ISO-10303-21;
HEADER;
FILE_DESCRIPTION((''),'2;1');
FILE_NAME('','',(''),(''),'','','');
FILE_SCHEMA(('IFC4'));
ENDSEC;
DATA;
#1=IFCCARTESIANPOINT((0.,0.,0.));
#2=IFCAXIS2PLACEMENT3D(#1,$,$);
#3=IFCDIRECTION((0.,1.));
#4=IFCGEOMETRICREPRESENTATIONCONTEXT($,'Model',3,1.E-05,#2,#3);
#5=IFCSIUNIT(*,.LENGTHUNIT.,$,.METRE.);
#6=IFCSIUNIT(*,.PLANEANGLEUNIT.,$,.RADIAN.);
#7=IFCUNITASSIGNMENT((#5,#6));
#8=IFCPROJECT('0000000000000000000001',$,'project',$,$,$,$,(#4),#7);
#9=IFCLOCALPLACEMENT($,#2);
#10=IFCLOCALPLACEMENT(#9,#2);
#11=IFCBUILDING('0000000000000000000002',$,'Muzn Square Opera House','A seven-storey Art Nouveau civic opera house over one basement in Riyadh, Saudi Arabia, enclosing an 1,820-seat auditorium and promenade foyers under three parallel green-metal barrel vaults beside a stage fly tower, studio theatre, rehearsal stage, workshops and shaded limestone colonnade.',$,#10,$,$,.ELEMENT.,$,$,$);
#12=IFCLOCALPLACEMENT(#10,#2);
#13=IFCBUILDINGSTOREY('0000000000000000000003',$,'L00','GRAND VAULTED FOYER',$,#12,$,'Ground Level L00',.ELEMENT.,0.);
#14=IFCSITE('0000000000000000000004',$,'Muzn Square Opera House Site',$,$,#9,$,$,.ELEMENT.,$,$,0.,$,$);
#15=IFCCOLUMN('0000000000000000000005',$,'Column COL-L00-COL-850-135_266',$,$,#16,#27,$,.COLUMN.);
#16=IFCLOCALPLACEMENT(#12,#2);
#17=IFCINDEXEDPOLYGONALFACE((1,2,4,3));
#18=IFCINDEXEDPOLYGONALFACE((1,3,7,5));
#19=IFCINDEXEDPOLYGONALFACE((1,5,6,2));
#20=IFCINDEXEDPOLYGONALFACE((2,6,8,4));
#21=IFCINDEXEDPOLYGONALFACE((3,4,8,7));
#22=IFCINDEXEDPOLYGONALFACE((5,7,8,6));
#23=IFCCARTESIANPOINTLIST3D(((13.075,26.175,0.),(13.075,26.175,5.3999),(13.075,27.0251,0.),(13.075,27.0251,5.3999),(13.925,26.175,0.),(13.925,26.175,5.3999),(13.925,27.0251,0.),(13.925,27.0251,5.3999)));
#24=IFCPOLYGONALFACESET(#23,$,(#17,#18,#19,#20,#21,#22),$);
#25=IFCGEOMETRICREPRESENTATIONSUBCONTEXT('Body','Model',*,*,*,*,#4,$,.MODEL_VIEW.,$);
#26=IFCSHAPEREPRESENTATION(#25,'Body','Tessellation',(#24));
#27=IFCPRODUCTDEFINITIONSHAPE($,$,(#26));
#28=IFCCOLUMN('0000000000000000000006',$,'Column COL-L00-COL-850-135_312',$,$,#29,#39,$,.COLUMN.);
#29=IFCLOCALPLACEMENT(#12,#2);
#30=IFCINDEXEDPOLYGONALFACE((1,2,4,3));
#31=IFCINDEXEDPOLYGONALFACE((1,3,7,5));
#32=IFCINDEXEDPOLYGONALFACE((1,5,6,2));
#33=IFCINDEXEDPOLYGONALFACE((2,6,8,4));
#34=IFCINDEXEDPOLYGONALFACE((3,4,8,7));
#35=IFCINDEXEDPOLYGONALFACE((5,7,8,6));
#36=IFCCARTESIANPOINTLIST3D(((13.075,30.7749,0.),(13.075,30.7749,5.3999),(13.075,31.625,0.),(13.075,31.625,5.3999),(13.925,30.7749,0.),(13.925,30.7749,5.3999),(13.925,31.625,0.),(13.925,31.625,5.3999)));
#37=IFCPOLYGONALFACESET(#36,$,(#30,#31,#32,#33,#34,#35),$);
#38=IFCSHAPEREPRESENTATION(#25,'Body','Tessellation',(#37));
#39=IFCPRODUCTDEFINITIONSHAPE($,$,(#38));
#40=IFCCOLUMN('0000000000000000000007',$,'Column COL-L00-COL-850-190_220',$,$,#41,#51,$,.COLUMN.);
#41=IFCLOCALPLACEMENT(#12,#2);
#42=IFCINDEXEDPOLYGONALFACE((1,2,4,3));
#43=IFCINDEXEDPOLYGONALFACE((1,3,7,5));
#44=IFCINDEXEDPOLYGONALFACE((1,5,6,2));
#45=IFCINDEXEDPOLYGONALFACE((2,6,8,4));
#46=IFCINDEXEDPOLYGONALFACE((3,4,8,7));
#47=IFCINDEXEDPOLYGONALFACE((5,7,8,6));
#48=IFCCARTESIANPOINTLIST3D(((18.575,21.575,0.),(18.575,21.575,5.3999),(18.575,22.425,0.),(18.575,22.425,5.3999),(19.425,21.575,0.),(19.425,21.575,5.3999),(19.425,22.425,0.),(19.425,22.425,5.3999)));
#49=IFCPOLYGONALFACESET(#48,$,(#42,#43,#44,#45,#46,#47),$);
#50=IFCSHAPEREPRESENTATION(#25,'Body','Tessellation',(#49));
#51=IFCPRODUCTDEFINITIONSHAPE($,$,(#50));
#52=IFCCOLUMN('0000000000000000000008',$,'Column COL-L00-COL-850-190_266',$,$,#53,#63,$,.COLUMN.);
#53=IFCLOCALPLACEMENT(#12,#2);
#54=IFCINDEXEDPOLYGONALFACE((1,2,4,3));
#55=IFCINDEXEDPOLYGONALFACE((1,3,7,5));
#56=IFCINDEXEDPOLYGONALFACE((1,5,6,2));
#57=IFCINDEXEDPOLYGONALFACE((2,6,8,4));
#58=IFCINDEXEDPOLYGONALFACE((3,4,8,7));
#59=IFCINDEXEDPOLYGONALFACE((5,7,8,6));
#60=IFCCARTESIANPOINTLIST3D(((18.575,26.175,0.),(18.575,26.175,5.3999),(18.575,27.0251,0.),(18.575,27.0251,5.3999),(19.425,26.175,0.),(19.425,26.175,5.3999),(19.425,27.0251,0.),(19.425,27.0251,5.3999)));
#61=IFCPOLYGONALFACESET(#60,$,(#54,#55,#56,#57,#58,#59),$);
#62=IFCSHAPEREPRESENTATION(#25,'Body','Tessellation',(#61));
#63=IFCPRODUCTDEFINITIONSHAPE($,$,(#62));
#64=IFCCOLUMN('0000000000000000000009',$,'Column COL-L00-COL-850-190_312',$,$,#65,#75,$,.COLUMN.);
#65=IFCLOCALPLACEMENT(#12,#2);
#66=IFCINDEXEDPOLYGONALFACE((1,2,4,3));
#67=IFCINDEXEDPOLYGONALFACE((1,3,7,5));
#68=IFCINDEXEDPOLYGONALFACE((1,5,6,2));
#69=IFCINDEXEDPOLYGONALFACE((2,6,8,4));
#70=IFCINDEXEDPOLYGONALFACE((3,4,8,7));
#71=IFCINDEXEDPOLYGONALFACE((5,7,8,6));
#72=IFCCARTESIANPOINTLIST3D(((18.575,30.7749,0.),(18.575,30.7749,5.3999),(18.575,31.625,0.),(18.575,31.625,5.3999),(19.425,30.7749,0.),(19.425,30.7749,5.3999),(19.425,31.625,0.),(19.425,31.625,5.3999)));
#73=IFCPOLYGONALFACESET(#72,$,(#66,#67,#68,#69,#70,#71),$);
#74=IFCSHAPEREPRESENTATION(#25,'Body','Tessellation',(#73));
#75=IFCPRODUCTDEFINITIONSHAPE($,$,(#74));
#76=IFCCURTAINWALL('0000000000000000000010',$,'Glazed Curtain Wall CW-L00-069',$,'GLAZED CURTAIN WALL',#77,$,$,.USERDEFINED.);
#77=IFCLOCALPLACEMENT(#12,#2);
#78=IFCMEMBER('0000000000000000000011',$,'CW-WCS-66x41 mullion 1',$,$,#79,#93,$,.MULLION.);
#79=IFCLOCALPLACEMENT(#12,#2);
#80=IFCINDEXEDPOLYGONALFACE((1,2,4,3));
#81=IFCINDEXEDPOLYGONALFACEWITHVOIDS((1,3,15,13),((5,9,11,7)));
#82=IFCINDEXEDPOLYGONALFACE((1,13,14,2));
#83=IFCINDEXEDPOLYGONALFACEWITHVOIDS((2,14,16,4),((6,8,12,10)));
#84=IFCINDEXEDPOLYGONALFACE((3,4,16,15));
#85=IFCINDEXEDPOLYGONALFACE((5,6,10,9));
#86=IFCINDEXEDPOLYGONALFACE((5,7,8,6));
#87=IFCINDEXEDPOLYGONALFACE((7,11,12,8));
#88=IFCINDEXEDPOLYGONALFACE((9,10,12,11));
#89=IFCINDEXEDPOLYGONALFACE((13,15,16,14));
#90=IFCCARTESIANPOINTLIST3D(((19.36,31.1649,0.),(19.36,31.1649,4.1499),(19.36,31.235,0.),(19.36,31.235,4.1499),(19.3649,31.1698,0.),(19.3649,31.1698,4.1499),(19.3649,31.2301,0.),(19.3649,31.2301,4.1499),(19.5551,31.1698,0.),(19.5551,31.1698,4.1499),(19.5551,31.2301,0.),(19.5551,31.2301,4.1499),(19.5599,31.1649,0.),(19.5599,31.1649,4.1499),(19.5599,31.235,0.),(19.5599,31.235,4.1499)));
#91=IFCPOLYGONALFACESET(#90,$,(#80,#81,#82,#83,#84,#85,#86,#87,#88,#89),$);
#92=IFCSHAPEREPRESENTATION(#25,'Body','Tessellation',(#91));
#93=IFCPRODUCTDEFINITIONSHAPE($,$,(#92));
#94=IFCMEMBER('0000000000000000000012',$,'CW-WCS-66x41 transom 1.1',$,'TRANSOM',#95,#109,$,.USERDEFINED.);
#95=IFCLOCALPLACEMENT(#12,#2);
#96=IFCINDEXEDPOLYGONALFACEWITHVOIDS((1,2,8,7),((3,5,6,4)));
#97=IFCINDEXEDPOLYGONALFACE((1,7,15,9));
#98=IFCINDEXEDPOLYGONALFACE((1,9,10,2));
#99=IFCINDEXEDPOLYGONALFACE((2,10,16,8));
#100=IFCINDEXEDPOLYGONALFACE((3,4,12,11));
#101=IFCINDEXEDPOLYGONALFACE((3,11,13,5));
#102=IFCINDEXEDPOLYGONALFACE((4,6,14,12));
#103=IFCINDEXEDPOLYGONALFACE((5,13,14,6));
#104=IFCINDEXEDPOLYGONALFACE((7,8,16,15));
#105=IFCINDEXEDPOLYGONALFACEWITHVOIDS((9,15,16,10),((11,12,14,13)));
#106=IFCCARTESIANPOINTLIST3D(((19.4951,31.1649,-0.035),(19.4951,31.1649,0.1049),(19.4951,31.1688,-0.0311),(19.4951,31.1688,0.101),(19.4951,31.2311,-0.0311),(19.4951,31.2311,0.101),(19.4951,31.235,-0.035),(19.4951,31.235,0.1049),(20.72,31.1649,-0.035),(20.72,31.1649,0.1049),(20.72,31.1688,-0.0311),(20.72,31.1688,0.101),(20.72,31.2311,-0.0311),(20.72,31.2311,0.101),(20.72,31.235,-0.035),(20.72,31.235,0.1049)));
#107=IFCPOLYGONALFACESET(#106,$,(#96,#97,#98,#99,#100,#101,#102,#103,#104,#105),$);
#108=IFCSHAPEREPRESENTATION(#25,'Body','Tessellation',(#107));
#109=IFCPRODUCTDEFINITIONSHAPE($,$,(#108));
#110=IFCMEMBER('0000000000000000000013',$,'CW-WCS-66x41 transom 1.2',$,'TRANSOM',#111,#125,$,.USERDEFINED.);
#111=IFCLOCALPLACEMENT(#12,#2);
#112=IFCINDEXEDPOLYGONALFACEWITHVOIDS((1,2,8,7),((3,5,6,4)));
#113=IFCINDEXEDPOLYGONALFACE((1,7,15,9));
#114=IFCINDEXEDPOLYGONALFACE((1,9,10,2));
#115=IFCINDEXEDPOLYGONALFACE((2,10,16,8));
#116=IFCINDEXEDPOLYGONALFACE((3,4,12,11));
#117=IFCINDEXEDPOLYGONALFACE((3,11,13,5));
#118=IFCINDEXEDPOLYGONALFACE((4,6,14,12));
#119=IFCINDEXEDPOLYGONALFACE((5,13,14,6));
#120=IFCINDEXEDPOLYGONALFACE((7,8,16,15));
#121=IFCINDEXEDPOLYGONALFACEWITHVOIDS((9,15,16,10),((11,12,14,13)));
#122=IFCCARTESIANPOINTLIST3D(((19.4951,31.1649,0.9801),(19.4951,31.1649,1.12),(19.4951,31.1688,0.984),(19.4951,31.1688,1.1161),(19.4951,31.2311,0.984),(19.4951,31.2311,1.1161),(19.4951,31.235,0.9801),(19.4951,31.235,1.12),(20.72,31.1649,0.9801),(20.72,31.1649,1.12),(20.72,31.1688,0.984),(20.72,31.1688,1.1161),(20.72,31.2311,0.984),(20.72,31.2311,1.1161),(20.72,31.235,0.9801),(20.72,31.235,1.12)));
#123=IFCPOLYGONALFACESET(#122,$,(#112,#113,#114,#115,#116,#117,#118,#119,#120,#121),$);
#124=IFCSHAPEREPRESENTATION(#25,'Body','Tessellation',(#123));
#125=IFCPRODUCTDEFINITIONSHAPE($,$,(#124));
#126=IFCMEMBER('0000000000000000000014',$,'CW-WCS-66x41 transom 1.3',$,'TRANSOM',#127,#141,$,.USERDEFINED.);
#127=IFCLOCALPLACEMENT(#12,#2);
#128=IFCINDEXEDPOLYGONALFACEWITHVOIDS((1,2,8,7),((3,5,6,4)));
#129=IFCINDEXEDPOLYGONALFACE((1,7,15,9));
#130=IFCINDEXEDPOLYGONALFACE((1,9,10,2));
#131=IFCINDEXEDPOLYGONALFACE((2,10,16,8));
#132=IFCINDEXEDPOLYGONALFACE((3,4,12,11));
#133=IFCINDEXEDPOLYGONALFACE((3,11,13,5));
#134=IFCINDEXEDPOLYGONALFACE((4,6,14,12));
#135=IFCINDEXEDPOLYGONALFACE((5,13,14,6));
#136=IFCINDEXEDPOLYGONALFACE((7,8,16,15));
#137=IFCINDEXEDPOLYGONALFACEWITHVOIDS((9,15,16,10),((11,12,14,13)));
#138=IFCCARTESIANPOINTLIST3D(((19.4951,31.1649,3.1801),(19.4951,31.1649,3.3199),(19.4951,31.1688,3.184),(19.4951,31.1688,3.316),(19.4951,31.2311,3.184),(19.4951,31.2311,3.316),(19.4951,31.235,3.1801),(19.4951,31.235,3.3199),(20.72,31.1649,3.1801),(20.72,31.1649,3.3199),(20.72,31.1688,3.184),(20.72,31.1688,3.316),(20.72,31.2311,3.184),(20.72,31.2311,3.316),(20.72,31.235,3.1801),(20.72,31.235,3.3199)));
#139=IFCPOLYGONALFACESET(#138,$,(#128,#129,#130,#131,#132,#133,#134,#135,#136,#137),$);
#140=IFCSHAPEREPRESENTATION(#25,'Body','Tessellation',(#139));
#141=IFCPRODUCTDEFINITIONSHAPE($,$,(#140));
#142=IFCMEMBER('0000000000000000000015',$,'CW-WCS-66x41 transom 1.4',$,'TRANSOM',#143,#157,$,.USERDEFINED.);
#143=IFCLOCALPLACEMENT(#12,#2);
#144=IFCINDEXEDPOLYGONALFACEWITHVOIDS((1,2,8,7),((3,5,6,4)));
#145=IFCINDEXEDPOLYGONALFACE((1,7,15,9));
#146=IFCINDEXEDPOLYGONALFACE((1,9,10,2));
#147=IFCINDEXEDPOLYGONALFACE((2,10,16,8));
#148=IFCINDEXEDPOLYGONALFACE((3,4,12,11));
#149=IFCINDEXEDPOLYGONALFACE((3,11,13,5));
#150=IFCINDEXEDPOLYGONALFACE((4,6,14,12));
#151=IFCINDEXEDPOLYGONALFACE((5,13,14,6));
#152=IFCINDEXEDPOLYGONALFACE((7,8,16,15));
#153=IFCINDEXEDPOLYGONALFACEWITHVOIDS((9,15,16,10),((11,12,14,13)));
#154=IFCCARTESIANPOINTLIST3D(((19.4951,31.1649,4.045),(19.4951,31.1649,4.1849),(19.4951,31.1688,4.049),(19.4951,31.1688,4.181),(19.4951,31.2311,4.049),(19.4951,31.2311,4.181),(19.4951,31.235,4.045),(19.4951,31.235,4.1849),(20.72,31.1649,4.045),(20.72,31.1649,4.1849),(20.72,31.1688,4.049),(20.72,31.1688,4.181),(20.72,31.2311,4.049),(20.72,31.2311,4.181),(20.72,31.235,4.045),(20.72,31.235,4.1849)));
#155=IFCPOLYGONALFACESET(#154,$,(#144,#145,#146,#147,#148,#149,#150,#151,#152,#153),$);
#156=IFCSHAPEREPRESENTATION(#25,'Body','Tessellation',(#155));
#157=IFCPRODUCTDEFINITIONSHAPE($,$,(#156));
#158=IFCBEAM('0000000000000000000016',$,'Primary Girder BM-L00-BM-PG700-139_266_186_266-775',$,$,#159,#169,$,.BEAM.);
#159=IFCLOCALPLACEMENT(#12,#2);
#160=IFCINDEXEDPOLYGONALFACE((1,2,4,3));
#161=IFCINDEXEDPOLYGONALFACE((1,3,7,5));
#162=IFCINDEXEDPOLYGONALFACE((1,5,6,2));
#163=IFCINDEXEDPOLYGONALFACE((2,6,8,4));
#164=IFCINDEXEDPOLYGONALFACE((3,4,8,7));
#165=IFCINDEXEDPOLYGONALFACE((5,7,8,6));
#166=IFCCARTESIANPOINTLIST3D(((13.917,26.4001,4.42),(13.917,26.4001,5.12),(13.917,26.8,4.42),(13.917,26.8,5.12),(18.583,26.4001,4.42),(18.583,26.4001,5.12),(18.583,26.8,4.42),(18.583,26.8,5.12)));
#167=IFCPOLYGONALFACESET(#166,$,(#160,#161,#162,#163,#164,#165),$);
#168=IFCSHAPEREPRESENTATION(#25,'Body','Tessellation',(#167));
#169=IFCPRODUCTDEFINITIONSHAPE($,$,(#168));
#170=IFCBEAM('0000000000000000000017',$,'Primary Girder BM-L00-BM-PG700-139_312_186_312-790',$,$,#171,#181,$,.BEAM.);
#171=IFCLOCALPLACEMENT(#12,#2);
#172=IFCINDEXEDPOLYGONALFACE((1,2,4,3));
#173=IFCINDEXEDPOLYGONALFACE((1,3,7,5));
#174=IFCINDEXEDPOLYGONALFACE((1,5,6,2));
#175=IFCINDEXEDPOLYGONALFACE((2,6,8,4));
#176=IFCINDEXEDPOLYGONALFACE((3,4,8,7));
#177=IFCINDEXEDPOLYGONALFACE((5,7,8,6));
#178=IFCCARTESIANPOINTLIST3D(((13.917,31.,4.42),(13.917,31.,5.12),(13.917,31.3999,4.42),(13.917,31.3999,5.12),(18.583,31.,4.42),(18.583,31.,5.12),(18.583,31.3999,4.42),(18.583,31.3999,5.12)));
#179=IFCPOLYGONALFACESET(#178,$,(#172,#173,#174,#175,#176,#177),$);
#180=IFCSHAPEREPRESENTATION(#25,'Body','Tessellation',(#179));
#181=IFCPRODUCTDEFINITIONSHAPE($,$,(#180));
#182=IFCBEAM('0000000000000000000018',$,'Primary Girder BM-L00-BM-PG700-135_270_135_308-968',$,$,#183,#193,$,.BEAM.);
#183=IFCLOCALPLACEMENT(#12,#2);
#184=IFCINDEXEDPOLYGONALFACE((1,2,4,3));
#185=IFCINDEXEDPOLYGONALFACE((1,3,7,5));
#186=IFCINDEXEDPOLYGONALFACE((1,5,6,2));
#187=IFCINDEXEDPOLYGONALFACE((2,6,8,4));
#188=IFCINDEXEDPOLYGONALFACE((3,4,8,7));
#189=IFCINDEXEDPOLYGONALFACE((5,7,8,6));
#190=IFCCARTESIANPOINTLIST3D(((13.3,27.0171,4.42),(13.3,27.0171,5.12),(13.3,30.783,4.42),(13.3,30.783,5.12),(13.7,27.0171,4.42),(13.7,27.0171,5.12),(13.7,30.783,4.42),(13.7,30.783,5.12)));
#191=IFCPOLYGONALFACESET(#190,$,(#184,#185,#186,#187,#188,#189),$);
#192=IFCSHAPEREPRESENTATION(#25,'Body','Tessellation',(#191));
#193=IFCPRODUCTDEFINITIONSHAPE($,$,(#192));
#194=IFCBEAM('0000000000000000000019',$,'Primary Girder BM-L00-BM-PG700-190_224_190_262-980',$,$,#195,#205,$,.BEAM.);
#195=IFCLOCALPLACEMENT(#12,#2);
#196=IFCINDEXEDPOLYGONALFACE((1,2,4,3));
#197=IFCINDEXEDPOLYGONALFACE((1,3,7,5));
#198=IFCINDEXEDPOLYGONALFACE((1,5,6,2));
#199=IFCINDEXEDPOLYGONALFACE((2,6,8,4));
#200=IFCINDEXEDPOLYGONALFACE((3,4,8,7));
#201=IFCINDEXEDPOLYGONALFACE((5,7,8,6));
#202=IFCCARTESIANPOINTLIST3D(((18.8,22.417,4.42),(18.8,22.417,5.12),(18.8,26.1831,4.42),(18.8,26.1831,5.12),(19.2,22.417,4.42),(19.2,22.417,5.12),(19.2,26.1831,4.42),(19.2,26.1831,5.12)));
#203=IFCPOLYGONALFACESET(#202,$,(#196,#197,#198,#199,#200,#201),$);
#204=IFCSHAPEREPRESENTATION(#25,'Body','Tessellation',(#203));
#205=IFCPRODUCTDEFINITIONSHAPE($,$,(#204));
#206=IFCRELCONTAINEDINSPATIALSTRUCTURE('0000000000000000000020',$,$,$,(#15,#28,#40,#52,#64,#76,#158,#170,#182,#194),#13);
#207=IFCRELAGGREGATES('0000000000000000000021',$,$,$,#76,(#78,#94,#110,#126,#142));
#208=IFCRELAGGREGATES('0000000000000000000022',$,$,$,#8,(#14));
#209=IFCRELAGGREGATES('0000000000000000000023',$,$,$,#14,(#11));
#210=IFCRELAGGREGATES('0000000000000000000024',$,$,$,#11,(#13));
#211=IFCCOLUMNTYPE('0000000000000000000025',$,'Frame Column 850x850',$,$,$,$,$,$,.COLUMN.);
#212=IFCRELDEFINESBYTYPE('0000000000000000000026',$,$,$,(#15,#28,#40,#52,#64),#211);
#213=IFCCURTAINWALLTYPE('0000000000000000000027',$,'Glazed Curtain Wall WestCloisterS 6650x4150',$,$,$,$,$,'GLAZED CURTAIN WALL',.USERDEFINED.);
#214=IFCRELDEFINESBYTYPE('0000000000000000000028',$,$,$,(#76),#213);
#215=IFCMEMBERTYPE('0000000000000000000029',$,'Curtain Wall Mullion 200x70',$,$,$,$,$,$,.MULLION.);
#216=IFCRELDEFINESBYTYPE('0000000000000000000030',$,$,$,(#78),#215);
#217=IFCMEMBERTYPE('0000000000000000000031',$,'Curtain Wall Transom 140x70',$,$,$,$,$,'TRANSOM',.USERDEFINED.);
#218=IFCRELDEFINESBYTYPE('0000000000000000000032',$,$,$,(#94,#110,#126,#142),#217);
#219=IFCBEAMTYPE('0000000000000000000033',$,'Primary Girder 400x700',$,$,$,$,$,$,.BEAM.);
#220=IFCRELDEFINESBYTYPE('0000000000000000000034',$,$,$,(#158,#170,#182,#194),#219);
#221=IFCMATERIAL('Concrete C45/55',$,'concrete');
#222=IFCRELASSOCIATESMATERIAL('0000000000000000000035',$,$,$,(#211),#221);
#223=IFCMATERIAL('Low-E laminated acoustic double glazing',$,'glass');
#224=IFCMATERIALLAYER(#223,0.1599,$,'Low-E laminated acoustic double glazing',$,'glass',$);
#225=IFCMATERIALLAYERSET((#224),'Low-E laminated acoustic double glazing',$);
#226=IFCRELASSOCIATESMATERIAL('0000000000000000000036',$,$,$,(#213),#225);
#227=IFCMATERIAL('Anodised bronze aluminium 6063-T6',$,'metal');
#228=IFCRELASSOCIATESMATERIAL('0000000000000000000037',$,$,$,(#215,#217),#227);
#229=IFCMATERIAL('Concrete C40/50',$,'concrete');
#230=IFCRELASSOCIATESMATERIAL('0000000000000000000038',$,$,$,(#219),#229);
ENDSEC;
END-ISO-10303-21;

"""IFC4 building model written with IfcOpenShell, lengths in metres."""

from ifc_helpers import new_model, si_unit, direction, frame, origin, origin_2d, place, context, subcontext, project, spatial, rectangle, hollow_rectangle, extrude, material, layer, layer_set, material_profile, profile_set, type_object, element, aggregate, save


model = new_model("IFC4")

# Units and contexts
model_context = context("Model", 3, precision=1e-05, world=origin(), true_north=direction((0.0, 1.0)))
body_context = subcontext(model_context, "Body", "Model", "MODEL_VIEW")
ifc_project = project(units=[si_unit("LENGTHUNIT", "METRE"), si_unit("PLANEANGLEUNIT", "RADIAN")], contexts=[model_context])

# Site, building, storey
site_placement = place(None, origin())
site = spatial("IfcSite", under=ifc_project, at=site_placement, Name="Muzn Square Opera House Site", CompositionType="ELEMENT", RefElevation=0.0)
building_placement = place(site_placement, origin())
building = spatial("IfcBuilding", under=site, at=building_placement, Name="Muzn Square Opera House", Description="A seven-storey Art Nouveau civic opera house over one basement in Riyadh, Saudi Arabia, enclosing an 1,820-seat auditorium and promenade foyers under three parallel green-metal barrel vaults beside a stage fly tower, studio theatre, rehearsal stage, workshops and shaded limestone colonnade.", CompositionType="ELEMENT")
storey_placement = place(building_placement, origin())
storey = spatial("IfcBuildingStorey", under=building, at=storey_placement, Name="L00", Description="GRAND VAULTED FOYER", LongName="Ground Level L00", CompositionType="ELEMENT", Elevation=0.0)

# Columns
ifc_material_1 = material(Name="Concrete C45/55", Category="concrete")
ifc_material_profile_1 = material_profile(ifc_material_1, rectangle(XDim=0.8501, YDim=0.8501, at=origin_2d()), Name="RC 850x850", Category="concrete")
ifc_profile_set_1 = profile_set([ifc_material_profile_1], Name="Concrete C45/55")
column_type = type_object("IfcColumnType", Name="Frame Column 850x850", PredefinedType="COLUMN", material=ifc_profile_set_1)
for number, where, z_axis, x_axis, name in (
    (1, (13.5, 26.6001, 0.0), (0.0, 0.0, 1.0), (1.0, 0.0, 0.0), "Column COL-L00-COL-850-135_266"),
    (2, (13.5, 31.2, 0.0), (0.0, 0.0, 1.0), (1.0, 0.0, 0.0), "Column COL-L00-COL-850-135_312"),
    (3, (19.0, 22.0, 0.0), (0.0, 0.0, 1.0), (1.0, 0.0, 0.0), "Column COL-L00-COL-850-190_220"),
    (4, (19.0, 26.6001, 0.0), (0.0, 0.0, 1.0), (1.0, 0.0, 0.0), "Column COL-L00-COL-850-190_266"),
    (5, (19.0, 31.2, 0.0), (0.0, 0.0, 1.0), (1.0, 0.0, 0.0), "Column COL-L00-COL-850-190_312"),
):
    element("IfcColumn", number, at=place(storey_placement, frame(where, z_axis=z_axis, x_axis=x_axis)), inside=storey, type_object=column_type, Name=name, PredefinedType="COLUMN", context=body_context, shape_type="SweptSolid", body=[
        extrude(rectangle(XDim=0.8501, YDim=0.8501, at=origin_2d()), origin(), (0.0, 0.0, 1.0), 5.3999),
    ])

# Curtain wall, members
ifc_material_2 = material(Name="Low-E laminated acoustic double glazing", Category="glass")
ifc_layer_1 = layer(ifc_material_2, 0.1599, Name="Low-E laminated acoustic double glazing", Category="glass")
ifc_layer_set_1 = layer_set([ifc_layer_1], Name="Low-E laminated acoustic double glazing")
curtain_wall_type = type_object("IfcCurtainWallType", Name="Glazed Curtain Wall WestCloisterS 6650x4150", ElementType="GLAZED CURTAIN WALL", PredefinedType="USERDEFINED", material=ifc_layer_set_1)
curtain_wall_placement = place(storey_placement, origin())
curtain_wall = element("IfcCurtainWall", 6, at=curtain_wall_placement, inside=storey, type_object=curtain_wall_type, Name="Glazed Curtain Wall CW-L00-069", ObjectType="GLAZED CURTAIN WALL", PredefinedType="USERDEFINED")
ifc_material_3 = material(Name="Anodised bronze aluminium 6063-T6", Category="metal")
ifc_material_profile_2 = material_profile(ifc_material_3, hollow_rectangle(XDim=0.0701, YDim=0.2, WallThickness=0.0049, at=origin_2d()), Name="ALU 200x70x5", Category="metal")
ifc_profile_set_2 = profile_set([ifc_material_profile_2], Name="Anodised bronze aluminium 6063-T6")
member_type_1 = type_object("IfcMemberType", Name="Curtain Wall Mullion 200x70", PredefinedType="MULLION", material=ifc_profile_set_2)
member_1_placement = place(storey_placement, frame((19.46, 31.2, 0.0), z_axis=(0.0, 0.0, 1.0), x_axis=(0.0, 1.0, 0.0)))
member_1 = element("IfcMember", 7, at=member_1_placement, type_object=member_type_1, Name="CW-WCS-66x41 mullion 1", PredefinedType="MULLION", context=body_context, shape_type="SweptSolid", body=[
    extrude(hollow_rectangle(XDim=0.0701, YDim=0.2, WallThickness=0.0049, at=origin_2d()), origin(), (0.0, 0.0, 1.0), 4.1499),
])
ifc_material_profile_3 = material_profile(ifc_material_3, hollow_rectangle(XDim=0.0701, YDim=0.1399, WallThickness=0.0039, at=origin_2d()), Name="ALU 140x70x4", Category="metal")
ifc_profile_set_3 = profile_set([ifc_material_profile_3], Name="Anodised bronze aluminium 6063-T6")
member_type_2 = type_object("IfcMemberType", Name="Curtain Wall Transom 140x70", ElementType="TRANSOM", PredefinedType="USERDEFINED", material=ifc_profile_set_3)
member_2_placement = place(storey_placement, frame((19.4951, 31.2, 0.0349), z_axis=(1.0, 0.0, 0.0), x_axis=(0.0, 1.0, 0.0)))
member_2 = element("IfcMember", 8, at=member_2_placement, type_object=member_type_2, Name="CW-WCS-66x41 transom 1.1", ObjectType="TRANSOM", PredefinedType="USERDEFINED", context=body_context, shape_type="SweptSolid", body=[
    extrude(hollow_rectangle(XDim=0.0701, YDim=0.1399, WallThickness=0.0039, at=origin_2d()), origin(), (0.0, 0.0, 1.0), 1.2249),
])
member_3_placement = place(storey_placement, frame((19.4951, 31.2, 1.05), z_axis=(1.0, 0.0, 0.0), x_axis=(0.0, 1.0, 0.0)))
member_3 = element("IfcMember", 9, at=member_3_placement, type_object=member_type_2, Name="CW-WCS-66x41 transom 1.2", ObjectType="TRANSOM", PredefinedType="USERDEFINED", context=body_context, shape_type="SweptSolid", body=[
    extrude(hollow_rectangle(XDim=0.0701, YDim=0.1399, WallThickness=0.0039, at=origin_2d()), origin(), (0.0, 0.0, 1.0), 1.2249),
])
member_4_placement = place(storey_placement, frame((19.4951, 31.2, 3.25), z_axis=(1.0, 0.0, 0.0), x_axis=(0.0, 1.0, 0.0)))
member_4 = element("IfcMember", 10, at=member_4_placement, type_object=member_type_2, Name="CW-WCS-66x41 transom 1.3", ObjectType="TRANSOM", PredefinedType="USERDEFINED", context=body_context, shape_type="SweptSolid", body=[
    extrude(hollow_rectangle(XDim=0.0701, YDim=0.1399, WallThickness=0.0039, at=origin_2d()), origin(), (0.0, 0.0, 1.0), 1.2249),
])
member_5_placement = place(storey_placement, frame((19.4951, 31.2, 4.115), z_axis=(1.0, 0.0, 0.0), x_axis=(0.0, 1.0, 0.0)))
member_5 = element("IfcMember", 11, at=member_5_placement, type_object=member_type_2, Name="CW-WCS-66x41 transom 1.4", ObjectType="TRANSOM", PredefinedType="USERDEFINED", context=body_context, shape_type="SweptSolid", body=[
    extrude(hollow_rectangle(XDim=0.0701, YDim=0.1399, WallThickness=0.0039, at=origin_2d()), origin(), (0.0, 0.0, 1.0), 1.2249),
])
aggregate(curtain_wall, [member_1, member_2, member_3, member_4, member_5])

# Beams
ifc_material_4 = material(Name="Concrete C40/50", Category="concrete")
ifc_material_profile_4 = material_profile(ifc_material_4, rectangle(XDim=0.3999, YDim=0.7, at=origin_2d()), Name="RCB 400x700", Category="concrete")
ifc_profile_set_4 = profile_set([ifc_material_profile_4], Name="Concrete C40/50")
beam_type_1 = type_object("IfcBeamType", Name="Primary Girder 400x700", PredefinedType="BEAM", material=ifc_profile_set_4)
for number, where, z_axis, x_axis, name in (
    (12, (13.917, 26.6001, 4.77), (1.0, 0.0, 0.0), (0.0, 1.0, 0.0), "Primary Girder BM-L00-BM-PG700-139_266_186_266-775"),
    (13, (13.917, 31.2, 4.77), (1.0, 0.0, 0.0), (0.0, 1.0, 0.0), "Primary Girder BM-L00-BM-PG700-139_312_186_312-790"),
):
    element("IfcBeam", number, at=place(storey_placement, frame(where, z_axis=z_axis, x_axis=x_axis)), inside=storey, type_object=beam_type_1, Name=name, PredefinedType="BEAM", context=body_context, shape_type="SweptSolid", body=[
        extrude(rectangle(XDim=0.3999, YDim=0.7, at=origin_2d()), origin(), (0.0, 0.0, 1.0), 4.666),
    ])
beam_1_placement = place(storey_placement, frame((13.5, 27.0171, 4.77), z_axis=(0.0, 1.0, 0.0), x_axis=(-1.0, 0.0, 0.0)))
element("IfcBeam", 14, at=beam_1_placement, inside=storey, type_object=beam_type_1, Name="Primary Girder BM-L00-BM-PG700-135_270_135_308-968", PredefinedType="BEAM", context=body_context, shape_type="SweptSolid", body=[
    extrude(rectangle(XDim=0.3999, YDim=0.7, at=origin_2d()), origin(), (0.0, 0.0, 1.0), 3.7659),
])
beam_2_placement = place(storey_placement, frame((19.0, 22.417, 4.77), z_axis=(0.0, 1.0, 0.0), x_axis=(-1.0, 0.0, 0.0)))
element("IfcBeam", 15, at=beam_2_placement, inside=storey, type_object=beam_type_1, Name="Primary Girder BM-L00-BM-PG700-190_224_190_262-980", PredefinedType="BEAM", context=body_context, shape_type="SweptSolid", body=[
    extrude(rectangle(XDim=0.3999, YDim=0.7, at=origin_2d()), origin(), (0.0, 0.0, 1.0), 3.7661),
])

save(model, "model.ifc")
